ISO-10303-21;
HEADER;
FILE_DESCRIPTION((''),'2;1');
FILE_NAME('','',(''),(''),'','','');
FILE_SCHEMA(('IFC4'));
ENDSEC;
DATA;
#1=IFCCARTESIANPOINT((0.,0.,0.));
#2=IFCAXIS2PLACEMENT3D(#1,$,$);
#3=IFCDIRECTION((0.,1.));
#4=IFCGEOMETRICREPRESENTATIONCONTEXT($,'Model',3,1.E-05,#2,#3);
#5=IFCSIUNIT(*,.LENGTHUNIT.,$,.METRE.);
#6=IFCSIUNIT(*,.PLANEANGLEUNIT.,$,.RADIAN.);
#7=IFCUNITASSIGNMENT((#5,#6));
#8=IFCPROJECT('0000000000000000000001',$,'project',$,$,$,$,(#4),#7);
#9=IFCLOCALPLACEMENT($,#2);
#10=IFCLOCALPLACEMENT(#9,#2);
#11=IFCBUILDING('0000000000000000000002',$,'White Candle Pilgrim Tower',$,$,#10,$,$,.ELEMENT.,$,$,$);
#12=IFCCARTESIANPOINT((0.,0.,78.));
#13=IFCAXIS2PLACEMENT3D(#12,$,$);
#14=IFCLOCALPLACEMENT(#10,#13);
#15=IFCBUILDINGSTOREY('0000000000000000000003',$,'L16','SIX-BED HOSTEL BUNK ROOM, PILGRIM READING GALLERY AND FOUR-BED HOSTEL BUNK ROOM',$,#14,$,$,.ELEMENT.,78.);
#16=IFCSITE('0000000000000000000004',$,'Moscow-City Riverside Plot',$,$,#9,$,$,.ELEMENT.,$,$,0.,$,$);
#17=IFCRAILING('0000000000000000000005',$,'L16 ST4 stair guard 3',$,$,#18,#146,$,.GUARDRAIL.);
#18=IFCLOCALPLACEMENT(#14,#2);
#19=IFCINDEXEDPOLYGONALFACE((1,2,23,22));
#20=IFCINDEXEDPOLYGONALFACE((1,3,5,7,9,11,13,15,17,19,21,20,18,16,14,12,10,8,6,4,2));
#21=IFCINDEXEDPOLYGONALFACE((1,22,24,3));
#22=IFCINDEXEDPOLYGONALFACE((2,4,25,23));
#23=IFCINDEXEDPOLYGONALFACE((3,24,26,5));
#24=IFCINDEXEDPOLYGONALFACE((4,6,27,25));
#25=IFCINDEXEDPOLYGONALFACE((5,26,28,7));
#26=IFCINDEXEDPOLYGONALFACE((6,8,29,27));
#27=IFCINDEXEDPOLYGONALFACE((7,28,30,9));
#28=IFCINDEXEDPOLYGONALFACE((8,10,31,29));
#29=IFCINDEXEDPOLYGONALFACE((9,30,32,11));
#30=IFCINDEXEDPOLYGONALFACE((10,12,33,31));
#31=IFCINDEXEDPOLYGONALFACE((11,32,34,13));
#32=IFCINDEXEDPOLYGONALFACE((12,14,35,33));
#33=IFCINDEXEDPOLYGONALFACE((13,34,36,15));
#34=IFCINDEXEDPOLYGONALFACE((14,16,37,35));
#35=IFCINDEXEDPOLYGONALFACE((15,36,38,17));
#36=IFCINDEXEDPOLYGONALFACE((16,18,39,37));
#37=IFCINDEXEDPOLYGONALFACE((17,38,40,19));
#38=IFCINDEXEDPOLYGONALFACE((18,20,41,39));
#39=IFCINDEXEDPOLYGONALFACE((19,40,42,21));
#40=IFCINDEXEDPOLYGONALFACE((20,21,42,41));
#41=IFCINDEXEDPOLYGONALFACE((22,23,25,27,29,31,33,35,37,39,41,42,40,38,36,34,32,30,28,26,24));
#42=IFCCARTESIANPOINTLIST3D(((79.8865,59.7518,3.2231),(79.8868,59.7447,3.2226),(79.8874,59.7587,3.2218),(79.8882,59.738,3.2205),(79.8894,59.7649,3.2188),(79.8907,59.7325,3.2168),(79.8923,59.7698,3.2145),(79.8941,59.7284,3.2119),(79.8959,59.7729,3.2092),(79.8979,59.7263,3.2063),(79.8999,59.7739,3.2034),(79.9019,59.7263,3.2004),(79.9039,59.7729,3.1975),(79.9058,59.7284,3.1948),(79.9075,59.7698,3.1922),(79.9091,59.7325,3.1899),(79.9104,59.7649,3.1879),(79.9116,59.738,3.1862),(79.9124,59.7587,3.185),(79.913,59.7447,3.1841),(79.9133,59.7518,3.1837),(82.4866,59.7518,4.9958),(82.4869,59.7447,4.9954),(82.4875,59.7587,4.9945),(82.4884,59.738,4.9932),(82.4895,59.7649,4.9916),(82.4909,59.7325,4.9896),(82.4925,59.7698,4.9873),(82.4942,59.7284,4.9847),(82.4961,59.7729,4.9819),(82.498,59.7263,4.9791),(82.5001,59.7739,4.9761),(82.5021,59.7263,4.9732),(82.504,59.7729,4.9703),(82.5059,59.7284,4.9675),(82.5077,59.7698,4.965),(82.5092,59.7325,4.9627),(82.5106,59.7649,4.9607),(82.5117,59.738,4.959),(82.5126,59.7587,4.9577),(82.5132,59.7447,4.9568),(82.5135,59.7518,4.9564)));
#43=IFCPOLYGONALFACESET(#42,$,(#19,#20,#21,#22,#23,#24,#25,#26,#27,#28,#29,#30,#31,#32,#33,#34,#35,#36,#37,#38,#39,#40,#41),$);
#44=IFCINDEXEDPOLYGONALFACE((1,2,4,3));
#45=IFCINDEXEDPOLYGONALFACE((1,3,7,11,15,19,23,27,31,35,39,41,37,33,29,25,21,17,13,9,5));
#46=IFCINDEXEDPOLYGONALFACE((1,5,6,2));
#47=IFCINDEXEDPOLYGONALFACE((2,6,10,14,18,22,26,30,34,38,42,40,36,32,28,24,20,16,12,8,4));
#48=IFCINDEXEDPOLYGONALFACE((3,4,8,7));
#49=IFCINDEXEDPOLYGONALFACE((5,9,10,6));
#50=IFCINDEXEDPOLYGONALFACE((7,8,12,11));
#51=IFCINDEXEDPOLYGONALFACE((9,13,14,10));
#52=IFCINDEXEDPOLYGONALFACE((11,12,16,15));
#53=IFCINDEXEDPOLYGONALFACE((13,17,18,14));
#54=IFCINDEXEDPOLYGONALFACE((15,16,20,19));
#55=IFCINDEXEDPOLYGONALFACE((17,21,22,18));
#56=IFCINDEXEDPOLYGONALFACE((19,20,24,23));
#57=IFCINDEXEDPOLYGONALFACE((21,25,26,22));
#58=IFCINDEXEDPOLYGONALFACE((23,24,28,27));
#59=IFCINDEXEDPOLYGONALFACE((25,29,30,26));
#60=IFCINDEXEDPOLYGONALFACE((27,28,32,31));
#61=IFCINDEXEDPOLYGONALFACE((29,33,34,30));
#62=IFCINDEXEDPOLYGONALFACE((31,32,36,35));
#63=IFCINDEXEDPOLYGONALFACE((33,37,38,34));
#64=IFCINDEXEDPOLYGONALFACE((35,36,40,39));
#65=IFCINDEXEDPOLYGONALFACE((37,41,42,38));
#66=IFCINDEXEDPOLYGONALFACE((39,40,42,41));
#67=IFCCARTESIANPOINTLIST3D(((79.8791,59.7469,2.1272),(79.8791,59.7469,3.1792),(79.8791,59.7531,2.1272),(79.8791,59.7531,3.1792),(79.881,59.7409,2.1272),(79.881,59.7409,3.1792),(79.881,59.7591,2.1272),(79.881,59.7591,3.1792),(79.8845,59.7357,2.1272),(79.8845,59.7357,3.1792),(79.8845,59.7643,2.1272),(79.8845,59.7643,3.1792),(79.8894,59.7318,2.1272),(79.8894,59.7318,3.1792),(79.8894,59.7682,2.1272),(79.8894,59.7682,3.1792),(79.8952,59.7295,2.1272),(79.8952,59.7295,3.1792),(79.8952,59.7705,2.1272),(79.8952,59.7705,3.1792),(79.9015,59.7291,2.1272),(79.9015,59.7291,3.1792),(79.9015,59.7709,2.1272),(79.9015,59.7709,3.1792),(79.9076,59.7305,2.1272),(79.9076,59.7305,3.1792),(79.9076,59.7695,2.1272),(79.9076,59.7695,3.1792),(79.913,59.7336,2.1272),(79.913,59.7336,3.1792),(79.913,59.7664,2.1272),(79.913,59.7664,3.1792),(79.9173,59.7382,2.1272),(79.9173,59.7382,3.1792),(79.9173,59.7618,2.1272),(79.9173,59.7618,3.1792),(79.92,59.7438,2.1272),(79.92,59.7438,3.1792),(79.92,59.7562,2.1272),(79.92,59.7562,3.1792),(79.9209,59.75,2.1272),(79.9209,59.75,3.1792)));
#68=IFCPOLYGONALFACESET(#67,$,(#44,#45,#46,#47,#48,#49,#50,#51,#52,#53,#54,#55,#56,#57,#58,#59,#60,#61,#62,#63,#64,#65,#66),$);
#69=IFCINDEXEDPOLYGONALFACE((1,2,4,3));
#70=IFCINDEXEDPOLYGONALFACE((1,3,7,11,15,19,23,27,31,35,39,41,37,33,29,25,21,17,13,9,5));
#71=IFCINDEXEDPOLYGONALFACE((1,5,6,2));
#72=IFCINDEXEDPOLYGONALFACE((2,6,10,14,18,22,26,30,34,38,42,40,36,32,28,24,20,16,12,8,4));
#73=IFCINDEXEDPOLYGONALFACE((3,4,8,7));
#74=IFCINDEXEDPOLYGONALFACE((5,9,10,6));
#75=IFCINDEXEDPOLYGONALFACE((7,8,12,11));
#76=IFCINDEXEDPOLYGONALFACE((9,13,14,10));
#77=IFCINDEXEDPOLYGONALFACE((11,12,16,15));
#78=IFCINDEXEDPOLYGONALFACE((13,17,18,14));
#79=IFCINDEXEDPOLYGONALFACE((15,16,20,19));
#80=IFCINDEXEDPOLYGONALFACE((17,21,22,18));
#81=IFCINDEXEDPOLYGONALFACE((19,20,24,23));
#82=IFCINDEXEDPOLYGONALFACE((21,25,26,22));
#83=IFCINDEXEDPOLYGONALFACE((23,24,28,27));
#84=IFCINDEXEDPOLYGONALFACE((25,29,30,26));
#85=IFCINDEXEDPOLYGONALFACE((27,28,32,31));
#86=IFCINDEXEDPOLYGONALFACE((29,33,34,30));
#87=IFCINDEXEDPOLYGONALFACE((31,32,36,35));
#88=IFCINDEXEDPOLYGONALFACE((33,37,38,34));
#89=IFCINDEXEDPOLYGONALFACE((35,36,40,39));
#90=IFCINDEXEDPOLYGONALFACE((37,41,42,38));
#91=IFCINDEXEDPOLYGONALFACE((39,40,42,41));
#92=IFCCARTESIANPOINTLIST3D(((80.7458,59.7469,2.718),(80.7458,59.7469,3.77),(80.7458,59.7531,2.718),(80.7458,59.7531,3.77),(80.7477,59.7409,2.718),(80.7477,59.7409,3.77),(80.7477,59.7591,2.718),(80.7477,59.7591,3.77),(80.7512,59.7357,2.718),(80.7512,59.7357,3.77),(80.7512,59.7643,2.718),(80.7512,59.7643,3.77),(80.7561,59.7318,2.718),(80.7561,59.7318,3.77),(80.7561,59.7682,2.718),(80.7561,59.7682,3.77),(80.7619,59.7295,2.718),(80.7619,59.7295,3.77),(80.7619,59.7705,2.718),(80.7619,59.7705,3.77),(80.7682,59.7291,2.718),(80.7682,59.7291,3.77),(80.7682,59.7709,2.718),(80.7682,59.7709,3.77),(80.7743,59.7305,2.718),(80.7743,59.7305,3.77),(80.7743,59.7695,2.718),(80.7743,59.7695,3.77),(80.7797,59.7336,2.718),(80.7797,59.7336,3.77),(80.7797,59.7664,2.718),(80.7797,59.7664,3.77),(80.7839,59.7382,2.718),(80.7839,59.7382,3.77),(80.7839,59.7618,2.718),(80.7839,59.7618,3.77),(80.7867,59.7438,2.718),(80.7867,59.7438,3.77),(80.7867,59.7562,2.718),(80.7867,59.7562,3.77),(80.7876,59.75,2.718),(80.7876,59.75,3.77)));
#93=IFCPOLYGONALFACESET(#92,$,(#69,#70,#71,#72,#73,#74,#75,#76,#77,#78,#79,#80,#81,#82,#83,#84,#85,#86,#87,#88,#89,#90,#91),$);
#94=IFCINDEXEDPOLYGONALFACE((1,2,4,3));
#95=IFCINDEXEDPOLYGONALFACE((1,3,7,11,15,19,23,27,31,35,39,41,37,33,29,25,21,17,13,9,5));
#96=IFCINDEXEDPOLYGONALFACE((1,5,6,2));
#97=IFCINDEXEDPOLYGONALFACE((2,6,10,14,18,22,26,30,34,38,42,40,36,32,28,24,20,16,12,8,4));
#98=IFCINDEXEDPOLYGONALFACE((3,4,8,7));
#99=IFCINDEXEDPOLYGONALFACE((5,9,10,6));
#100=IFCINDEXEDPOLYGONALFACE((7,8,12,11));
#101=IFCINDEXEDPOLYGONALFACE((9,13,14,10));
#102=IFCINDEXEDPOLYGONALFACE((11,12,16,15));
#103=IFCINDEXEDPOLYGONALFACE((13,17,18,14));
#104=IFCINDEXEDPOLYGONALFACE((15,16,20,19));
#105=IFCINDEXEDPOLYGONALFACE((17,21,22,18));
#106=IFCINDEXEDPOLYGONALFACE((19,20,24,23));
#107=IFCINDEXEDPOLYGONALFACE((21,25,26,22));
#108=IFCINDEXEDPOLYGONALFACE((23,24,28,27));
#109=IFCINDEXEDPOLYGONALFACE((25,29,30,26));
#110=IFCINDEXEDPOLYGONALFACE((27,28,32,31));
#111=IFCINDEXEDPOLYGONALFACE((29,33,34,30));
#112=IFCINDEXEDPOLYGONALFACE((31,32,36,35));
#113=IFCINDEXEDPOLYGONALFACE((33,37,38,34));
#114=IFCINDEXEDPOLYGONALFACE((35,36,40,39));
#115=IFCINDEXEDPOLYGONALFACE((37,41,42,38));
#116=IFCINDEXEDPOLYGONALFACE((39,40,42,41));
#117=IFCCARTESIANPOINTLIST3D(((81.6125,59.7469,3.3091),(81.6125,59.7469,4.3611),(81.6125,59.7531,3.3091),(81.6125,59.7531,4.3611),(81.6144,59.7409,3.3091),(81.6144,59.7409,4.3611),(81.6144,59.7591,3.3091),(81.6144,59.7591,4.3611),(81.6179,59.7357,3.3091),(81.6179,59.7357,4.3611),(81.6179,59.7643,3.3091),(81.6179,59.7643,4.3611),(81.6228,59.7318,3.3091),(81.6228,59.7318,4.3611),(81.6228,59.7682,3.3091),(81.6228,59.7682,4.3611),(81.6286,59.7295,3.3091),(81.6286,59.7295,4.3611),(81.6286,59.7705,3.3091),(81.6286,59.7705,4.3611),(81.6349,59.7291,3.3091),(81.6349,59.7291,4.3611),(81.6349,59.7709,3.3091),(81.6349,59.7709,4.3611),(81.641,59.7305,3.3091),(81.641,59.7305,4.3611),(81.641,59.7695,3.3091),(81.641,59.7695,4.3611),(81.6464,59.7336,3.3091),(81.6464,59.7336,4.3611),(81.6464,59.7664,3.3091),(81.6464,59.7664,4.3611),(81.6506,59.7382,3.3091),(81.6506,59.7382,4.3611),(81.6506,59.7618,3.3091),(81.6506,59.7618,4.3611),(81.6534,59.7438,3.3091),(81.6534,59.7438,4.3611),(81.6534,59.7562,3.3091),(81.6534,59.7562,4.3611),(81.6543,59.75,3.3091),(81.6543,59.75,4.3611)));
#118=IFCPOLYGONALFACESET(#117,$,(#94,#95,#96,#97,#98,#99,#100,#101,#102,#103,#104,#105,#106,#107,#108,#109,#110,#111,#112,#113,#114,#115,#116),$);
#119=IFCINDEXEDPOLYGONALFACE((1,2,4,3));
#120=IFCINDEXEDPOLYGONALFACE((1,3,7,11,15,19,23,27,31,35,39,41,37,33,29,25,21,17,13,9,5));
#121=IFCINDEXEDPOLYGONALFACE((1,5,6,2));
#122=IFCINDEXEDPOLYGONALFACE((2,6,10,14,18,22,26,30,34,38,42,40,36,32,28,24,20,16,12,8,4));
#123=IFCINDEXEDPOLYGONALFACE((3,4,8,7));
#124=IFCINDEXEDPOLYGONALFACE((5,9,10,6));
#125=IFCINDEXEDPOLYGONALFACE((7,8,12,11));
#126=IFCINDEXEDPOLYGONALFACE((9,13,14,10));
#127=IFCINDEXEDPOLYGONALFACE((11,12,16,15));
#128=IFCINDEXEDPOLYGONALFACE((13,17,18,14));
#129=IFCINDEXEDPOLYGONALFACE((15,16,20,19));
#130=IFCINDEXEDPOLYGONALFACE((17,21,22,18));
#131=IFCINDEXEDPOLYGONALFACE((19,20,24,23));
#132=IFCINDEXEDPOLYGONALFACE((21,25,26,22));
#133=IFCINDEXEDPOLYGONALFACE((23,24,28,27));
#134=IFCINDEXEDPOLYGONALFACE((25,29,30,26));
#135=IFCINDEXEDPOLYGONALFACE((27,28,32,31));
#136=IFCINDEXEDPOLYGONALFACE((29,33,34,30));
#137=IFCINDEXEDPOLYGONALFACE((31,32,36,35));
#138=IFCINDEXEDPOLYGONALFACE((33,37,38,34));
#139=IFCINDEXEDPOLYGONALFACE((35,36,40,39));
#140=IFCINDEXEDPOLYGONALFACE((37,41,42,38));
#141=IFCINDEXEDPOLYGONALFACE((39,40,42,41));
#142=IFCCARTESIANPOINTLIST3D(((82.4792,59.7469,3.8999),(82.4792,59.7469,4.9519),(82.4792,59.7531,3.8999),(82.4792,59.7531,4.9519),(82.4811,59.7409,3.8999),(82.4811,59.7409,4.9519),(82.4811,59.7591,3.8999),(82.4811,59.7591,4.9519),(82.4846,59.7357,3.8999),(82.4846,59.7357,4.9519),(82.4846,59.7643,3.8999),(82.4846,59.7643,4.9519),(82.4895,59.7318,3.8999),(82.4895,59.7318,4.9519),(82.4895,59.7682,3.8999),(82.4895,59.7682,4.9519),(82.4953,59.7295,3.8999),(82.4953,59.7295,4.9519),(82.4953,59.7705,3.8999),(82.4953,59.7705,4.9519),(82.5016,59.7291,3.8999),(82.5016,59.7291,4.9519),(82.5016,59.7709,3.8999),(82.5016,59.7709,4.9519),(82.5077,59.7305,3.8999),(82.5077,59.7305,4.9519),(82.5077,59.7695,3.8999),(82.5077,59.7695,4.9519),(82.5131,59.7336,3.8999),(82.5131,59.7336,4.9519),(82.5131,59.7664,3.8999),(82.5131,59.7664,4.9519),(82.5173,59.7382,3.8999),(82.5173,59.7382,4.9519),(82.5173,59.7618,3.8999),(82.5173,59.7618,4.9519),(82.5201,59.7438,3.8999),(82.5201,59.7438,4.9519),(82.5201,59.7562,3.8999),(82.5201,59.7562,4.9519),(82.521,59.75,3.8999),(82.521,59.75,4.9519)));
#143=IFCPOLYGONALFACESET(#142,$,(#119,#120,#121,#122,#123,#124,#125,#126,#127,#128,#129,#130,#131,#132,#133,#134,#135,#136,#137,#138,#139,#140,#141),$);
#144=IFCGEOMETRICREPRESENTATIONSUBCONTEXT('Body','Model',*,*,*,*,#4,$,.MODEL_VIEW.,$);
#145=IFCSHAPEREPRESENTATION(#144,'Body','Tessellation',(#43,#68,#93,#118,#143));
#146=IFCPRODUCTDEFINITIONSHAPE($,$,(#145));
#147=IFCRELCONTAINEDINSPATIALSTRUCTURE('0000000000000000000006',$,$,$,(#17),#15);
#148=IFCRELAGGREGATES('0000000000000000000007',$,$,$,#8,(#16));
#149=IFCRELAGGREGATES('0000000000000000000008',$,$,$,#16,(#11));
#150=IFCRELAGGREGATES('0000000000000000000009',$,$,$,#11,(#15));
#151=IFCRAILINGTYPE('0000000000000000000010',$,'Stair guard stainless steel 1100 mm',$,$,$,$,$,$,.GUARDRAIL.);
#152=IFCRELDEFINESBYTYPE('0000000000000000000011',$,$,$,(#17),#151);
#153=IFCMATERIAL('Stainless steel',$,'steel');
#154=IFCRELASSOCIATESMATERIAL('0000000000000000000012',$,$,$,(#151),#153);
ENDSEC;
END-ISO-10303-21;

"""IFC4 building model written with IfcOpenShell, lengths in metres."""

from ifc_helpers import new_model, si_unit, direction, frame, origin, origin_2d, place, context, subcontext, project, spatial, circle, extrude, material, type_object, element, save


model = new_model("IFC4")

# Units and contexts
model_context = context("Model", 3, precision=1e-05, world=origin(), true_north=direction((0.0, 1.0)))
body_context = subcontext(model_context, "Body", "Model", "MODEL_VIEW")
ifc_project = project(units=[si_unit("LENGTHUNIT", "METRE"), si_unit("PLANEANGLEUNIT", "RADIAN")], contexts=[model_context])

# Site, building, storey
site_placement = place(None, origin())
site = spatial("IfcSite", under=ifc_project, at=site_placement, Name="Moscow-City Riverside Plot", CompositionType="ELEMENT", RefElevation=0.0)
building_placement = place(site_placement, origin())
building = spatial("IfcBuilding", under=site, at=building_placement, Name="White Candle Pilgrim Tower", CompositionType="ELEMENT")
storey_placement = place(building_placement, frame((0.0, 0.0, 78.0)))
storey = spatial("IfcBuildingStorey", under=building, at=storey_placement, Name="L16", Description="SIX-BED HOSTEL BUNK ROOM, PILGRIM READING GALLERY AND FOUR-BED HOSTEL BUNK ROOM", CompositionType="ELEMENT", Elevation=78.0)

# Railing
ifc_material_1 = material(Name="Stainless steel", Category="steel")
railing_type_1 = type_object("IfcRailingType", Name="Stair guard stainless steel 1100 mm", PredefinedType="GUARDRAIL", material=ifc_material_1)
railing_1_placement = place(storey_placement, frame((79.8999, 59.75, 2.1272)))
element("IfcRailing", 1, at=railing_1_placement, inside=storey, type_object=railing_type_1, Name="L16 ST4 stair guard 3", PredefinedType="GUARDRAIL", context=body_context, shape_type="SweptSolid", body=[
    extrude(circle(Radius=0.0239, at=origin_2d()), frame((0.0, 0.0, 1.0762), z_axis=(0.82624, 0.0, 0.563318), x_axis=(0.0, 1.0, 0.0)), (0.0, 0.0, 1.0), 3.147),
    extrude(circle(Radius=0.021, at=origin_2d()), origin(), (0.0, 0.0, 1.0), 1.052),
    extrude(circle(Radius=0.021, at=origin_2d()), frame((0.8667, 0.0, 0.5908)), (0.0, 0.0, 1.0), 1.052),
    extrude(circle(Radius=0.021, at=origin_2d()), frame((1.7334, 0.0, 1.1819)), (0.0, 0.0, 1.0), 1.052),
    extrude(circle(Radius=0.021, at=origin_2d()), frame((2.6001, 0.0, 1.7727)), (0.0, 0.0, 1.0), 1.052),
])

save(model, "model.ifc")
